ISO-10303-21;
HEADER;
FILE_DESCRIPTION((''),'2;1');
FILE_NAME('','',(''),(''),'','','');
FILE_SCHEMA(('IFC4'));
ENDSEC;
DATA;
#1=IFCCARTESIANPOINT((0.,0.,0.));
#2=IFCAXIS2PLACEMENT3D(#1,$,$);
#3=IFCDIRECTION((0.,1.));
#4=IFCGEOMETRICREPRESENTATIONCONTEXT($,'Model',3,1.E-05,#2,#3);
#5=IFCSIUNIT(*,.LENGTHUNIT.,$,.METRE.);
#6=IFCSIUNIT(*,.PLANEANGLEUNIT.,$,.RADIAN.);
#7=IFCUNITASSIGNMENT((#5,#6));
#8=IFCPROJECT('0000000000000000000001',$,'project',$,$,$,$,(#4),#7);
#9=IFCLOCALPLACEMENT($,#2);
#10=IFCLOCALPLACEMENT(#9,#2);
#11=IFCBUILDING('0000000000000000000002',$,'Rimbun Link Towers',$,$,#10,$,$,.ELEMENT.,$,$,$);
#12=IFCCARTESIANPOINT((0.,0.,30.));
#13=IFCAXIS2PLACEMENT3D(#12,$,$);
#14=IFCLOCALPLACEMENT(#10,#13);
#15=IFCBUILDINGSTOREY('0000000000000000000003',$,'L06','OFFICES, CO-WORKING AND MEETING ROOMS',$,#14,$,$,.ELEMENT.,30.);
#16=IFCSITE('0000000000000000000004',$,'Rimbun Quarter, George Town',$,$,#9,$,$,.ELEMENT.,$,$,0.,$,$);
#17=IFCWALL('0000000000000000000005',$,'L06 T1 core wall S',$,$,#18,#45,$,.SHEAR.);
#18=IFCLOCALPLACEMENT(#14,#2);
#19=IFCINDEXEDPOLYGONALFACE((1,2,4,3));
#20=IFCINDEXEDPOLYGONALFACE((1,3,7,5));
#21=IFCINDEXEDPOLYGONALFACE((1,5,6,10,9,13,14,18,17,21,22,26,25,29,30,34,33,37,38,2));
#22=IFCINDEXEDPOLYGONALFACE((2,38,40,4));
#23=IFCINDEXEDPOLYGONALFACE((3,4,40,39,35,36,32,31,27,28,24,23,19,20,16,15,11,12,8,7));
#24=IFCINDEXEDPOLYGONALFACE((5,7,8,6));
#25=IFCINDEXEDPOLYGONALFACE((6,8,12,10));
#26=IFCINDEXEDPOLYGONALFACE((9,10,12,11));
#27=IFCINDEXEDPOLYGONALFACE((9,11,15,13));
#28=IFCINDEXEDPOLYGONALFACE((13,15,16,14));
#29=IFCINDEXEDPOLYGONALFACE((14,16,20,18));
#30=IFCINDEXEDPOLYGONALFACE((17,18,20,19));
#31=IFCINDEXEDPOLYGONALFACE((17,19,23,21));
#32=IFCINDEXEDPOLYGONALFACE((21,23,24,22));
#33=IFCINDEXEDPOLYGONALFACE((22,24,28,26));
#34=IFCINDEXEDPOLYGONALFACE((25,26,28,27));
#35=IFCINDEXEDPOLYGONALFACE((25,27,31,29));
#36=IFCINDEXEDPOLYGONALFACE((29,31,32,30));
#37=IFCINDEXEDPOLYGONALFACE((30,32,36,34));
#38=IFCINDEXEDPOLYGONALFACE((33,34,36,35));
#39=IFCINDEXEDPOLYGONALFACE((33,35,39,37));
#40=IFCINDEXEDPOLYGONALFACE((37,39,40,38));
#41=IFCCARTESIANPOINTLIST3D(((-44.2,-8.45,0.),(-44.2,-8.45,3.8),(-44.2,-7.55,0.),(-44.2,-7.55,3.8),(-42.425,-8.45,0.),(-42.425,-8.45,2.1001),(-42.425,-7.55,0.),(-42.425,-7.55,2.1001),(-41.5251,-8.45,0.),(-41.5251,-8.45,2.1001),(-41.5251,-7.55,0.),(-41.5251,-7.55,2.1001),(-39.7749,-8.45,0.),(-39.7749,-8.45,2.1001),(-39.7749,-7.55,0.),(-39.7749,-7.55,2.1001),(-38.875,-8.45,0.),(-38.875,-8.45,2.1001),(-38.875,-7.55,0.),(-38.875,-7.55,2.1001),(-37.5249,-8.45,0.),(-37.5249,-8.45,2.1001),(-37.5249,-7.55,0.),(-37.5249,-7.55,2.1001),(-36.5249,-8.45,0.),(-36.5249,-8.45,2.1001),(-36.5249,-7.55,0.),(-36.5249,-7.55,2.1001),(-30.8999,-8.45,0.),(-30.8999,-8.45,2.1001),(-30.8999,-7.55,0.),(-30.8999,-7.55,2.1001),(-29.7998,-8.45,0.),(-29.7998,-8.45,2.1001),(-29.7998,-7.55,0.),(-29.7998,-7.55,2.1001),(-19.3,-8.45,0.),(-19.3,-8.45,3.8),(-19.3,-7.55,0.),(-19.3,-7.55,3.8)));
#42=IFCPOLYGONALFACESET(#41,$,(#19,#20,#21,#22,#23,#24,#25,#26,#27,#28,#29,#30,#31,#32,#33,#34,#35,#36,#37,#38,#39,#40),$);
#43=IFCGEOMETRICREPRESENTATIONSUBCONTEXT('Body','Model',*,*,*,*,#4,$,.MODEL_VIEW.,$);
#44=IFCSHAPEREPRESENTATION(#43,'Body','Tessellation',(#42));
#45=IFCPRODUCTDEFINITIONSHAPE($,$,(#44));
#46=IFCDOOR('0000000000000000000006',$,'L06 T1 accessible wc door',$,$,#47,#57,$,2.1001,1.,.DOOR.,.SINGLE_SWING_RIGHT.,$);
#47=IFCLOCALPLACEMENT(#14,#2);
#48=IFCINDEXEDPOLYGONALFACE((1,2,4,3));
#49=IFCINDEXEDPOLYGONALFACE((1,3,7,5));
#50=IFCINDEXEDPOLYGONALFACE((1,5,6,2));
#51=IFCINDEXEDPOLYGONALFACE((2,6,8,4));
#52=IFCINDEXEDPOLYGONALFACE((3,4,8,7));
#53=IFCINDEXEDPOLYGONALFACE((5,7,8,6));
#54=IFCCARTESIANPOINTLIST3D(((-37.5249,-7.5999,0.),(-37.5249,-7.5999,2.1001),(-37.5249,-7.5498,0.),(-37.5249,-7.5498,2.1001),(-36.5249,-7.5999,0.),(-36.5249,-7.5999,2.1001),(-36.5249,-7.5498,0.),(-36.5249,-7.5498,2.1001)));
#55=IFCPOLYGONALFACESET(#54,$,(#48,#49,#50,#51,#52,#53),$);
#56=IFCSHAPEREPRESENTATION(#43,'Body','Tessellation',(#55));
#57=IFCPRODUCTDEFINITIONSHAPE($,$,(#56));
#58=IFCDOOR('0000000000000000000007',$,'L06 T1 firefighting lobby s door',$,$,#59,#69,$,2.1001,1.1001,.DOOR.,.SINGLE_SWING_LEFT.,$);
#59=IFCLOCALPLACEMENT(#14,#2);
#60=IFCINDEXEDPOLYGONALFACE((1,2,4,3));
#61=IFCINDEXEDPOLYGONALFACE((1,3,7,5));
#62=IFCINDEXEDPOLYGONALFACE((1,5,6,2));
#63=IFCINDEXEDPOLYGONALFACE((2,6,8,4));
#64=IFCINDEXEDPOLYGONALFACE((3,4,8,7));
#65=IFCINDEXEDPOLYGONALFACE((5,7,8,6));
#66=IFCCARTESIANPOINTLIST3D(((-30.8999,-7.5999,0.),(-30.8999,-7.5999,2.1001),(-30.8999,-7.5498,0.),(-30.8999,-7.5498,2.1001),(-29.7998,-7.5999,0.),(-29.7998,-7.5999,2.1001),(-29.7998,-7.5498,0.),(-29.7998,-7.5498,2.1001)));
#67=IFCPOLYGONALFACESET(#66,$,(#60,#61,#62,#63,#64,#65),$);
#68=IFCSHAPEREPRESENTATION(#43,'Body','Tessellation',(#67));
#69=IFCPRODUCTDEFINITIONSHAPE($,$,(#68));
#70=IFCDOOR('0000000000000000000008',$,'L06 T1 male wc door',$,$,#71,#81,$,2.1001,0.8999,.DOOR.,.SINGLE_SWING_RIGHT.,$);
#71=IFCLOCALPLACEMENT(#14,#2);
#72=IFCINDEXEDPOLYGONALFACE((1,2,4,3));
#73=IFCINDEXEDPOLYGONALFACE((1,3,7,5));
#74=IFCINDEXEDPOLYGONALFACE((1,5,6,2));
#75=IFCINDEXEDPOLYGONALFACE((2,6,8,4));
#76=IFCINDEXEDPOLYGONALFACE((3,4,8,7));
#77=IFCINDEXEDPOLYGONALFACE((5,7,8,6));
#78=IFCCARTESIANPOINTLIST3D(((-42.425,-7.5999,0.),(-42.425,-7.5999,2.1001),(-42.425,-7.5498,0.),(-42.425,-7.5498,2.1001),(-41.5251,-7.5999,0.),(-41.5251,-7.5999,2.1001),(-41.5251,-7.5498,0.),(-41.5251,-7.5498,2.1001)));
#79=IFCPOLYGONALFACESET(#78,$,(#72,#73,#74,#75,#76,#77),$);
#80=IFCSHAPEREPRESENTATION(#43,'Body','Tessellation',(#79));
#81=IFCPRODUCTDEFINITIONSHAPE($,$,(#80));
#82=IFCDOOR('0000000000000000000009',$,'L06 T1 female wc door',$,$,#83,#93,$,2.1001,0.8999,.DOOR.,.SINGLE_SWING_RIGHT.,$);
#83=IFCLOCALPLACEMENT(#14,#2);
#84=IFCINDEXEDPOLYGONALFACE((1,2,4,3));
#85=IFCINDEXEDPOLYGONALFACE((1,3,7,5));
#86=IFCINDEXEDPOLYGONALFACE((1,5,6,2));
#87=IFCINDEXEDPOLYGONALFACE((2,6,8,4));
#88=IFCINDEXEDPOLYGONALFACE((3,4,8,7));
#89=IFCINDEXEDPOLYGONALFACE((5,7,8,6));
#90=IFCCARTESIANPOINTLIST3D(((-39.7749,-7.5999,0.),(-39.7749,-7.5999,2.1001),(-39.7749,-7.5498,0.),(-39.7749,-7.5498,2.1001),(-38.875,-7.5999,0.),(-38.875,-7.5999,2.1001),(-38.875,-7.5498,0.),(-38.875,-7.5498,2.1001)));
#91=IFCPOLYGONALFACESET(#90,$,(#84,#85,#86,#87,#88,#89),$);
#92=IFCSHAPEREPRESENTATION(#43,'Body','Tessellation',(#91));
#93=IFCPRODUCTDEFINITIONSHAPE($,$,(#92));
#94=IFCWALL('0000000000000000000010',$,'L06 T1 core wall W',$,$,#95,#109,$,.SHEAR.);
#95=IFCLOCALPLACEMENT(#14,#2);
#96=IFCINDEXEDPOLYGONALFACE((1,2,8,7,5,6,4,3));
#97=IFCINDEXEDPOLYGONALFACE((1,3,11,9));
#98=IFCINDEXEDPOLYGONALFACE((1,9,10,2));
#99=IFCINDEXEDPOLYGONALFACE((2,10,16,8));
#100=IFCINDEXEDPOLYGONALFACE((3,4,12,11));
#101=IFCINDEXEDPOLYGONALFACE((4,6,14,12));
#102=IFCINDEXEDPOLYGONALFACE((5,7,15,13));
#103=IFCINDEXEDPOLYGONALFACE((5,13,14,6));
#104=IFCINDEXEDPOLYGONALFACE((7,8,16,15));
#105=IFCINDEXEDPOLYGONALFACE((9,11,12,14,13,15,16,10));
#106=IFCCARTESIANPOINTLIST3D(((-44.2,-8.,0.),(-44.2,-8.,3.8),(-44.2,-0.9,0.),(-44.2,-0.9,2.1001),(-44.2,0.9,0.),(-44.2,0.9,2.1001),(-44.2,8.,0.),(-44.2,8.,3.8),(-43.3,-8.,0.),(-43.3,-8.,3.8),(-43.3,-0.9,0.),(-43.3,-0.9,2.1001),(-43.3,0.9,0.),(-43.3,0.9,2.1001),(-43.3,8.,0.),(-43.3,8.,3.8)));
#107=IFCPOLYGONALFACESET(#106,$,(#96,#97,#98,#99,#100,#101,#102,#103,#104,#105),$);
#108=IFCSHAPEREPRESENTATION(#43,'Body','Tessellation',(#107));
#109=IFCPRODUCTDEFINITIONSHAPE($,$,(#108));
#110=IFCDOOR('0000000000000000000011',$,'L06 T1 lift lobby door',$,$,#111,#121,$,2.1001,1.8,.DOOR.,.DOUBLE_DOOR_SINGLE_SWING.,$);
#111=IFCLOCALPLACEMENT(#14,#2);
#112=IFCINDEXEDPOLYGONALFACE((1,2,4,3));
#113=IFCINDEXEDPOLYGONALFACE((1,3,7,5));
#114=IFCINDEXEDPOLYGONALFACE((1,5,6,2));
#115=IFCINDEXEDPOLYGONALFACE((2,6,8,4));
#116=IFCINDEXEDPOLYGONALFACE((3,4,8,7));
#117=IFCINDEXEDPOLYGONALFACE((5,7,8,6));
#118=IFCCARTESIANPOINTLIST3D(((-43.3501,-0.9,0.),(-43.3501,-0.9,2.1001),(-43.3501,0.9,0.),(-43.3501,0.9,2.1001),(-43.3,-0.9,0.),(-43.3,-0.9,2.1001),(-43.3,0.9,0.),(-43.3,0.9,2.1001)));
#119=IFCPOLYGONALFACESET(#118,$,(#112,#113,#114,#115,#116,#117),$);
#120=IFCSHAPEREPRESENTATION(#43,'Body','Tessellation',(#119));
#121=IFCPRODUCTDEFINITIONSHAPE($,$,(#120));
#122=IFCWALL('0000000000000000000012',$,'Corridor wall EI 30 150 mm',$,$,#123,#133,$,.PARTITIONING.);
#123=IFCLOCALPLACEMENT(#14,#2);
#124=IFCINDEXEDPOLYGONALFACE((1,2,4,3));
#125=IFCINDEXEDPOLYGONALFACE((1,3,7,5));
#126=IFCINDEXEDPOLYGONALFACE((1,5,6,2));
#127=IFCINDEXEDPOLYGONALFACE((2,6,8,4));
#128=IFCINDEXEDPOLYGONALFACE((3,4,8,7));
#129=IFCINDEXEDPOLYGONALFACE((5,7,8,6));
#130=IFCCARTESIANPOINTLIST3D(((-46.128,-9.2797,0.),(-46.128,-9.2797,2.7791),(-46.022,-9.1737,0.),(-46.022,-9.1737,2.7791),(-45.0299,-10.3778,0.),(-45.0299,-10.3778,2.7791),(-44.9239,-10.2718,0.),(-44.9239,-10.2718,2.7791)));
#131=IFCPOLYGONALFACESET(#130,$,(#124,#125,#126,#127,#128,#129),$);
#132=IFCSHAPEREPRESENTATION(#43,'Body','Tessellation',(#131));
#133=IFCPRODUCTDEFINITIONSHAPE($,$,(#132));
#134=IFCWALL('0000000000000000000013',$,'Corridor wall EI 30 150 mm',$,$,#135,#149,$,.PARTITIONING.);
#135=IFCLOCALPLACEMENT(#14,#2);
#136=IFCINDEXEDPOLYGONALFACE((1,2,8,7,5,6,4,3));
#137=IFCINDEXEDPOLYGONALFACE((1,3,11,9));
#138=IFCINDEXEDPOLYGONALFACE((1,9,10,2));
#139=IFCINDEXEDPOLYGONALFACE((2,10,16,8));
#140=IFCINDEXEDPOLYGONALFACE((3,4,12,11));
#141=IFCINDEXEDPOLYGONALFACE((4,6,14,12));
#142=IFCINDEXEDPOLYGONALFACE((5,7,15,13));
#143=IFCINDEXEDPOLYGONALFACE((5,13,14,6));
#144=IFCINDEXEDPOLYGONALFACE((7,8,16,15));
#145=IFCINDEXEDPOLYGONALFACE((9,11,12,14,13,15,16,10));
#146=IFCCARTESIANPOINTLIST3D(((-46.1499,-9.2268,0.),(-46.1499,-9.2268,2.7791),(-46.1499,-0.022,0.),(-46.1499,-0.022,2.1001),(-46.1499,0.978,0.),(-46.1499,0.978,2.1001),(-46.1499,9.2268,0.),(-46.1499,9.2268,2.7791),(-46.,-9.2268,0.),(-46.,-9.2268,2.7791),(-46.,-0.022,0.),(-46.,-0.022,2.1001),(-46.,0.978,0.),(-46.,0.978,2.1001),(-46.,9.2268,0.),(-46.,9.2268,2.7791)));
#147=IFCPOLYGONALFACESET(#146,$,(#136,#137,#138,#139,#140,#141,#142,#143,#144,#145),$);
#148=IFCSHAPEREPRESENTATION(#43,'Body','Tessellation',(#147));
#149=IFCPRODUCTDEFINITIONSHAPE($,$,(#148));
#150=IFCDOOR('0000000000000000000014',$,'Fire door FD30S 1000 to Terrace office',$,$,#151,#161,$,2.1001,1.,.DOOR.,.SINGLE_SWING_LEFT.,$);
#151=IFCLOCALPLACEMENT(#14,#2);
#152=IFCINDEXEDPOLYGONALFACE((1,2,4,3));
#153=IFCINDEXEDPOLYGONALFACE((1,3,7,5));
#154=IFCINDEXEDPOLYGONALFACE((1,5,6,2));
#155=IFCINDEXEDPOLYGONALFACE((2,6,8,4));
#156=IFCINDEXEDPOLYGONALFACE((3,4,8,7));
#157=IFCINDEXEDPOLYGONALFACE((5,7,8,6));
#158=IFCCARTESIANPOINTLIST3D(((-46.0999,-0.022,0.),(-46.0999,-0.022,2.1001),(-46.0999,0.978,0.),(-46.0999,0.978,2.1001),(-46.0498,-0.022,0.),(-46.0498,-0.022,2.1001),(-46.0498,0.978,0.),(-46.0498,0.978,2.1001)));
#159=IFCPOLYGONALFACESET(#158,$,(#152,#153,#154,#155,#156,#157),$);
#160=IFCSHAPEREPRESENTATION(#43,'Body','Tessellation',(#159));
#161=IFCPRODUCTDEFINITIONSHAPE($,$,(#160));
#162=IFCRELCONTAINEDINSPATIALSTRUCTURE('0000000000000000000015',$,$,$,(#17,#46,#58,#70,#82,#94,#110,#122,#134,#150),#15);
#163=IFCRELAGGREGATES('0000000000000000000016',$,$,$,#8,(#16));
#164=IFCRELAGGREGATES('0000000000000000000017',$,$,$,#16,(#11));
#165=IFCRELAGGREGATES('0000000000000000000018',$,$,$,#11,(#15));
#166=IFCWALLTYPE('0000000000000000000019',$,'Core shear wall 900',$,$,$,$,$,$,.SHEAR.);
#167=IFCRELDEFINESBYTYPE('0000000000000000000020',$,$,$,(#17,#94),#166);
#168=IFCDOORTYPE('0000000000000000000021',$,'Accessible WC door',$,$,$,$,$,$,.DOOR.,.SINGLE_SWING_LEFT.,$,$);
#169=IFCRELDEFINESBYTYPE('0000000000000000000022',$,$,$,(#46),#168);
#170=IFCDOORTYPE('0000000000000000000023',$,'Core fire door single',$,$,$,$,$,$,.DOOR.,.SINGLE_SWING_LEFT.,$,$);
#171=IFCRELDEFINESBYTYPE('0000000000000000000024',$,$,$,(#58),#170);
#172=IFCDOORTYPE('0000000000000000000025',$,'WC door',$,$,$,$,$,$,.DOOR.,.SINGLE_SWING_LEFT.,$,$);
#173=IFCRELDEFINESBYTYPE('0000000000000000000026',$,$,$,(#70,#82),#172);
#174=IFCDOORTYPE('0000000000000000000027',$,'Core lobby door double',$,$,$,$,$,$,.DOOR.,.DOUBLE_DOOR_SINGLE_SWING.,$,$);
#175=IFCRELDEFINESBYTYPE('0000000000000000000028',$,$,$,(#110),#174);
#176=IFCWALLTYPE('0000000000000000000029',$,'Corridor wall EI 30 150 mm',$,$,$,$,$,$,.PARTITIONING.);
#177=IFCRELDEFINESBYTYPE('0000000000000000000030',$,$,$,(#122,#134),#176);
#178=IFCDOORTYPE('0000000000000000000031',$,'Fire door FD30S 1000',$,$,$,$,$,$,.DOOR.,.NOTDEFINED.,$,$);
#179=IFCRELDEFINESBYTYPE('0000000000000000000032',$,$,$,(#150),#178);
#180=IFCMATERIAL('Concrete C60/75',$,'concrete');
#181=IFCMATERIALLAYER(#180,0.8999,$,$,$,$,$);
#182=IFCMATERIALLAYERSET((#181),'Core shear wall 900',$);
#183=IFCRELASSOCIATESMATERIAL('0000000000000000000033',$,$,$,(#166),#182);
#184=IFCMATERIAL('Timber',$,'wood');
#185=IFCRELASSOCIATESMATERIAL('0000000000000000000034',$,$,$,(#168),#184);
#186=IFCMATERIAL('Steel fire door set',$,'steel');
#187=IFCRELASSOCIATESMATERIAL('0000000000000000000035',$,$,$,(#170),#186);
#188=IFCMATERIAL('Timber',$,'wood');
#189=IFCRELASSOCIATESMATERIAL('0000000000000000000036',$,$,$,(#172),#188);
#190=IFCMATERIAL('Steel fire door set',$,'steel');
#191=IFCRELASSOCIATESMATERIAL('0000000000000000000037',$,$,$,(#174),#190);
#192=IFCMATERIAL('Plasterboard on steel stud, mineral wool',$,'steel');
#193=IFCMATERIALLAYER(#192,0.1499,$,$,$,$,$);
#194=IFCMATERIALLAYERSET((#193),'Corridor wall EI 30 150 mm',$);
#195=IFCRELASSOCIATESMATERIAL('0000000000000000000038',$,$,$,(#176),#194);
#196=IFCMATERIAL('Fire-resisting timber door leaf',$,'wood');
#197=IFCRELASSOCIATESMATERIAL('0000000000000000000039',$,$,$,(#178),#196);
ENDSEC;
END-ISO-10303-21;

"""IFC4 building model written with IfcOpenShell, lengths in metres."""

from ifc_helpers import new_model, si_unit, direction, frame, frame_2d, origin, place, context, subcontext, project, spatial, rectangle, extrude, material, layer, layer_set, type_object, element, fill, save


model = new_model("IFC4")

# Units and contexts
model_context = context("Model", 3, precision=1e-05, world=origin(), true_north=direction((0.0, 1.0)))
body_context = subcontext(model_context, "Body", "Model", "MODEL_VIEW")
ifc_project = project(units=[si_unit("LENGTHUNIT", "METRE"), si_unit("PLANEANGLEUNIT", "RADIAN")], contexts=[model_context])

# Site, building, storey
site_placement = place(None, origin())
site = spatial("IfcSite", under=ifc_project, at=site_placement, Name="Rimbun Quarter, George Town", CompositionType="ELEMENT", RefElevation=0.0)
building_placement = place(site_placement, origin())
building = spatial("IfcBuilding", under=site, at=building_placement, Name="Rimbun Link Towers", CompositionType="ELEMENT")
storey_placement = place(building_placement, frame((0.0, 0.0, 30.0)))
storey = spatial("IfcBuildingStorey", under=building, at=storey_placement, Name="L06", Description="OFFICES, CO-WORKING AND MEETING ROOMS", CompositionType="ELEMENT", Elevation=30.0)

# Wall, openings, doors
ifc_material_1 = material(Name="Concrete C60/75", Category="concrete")
ifc_layer_1 = layer(ifc_material_1, 0.8999)
ifc_layer_set_1 = layer_set([ifc_layer_1], Name="Core shear wall 900")
wall_type_1 = type_object("IfcWallType", Name="Core shear wall 900", PredefinedType="SHEAR", material=ifc_layer_set_1)
wall_1_placement = place(storey_placement, frame((-44.2, -8.0, 0.0), z_axis=(0.0, 0.0, 1.0), x_axis=(1.0, 0.0, 0.0)))
wall_1 = element("IfcWall", 1, at=wall_1_placement, inside=storey, type_object=wall_type_1, Name="L06 T1 core wall S", PredefinedType="SHEAR", context=body_context, shape_type="SweptSolid", body=[
    extrude(rectangle(XDim=24.8999, YDim=0.8999, at=frame_2d((12.45, 0.0))), origin(), (0.0, 0.0, 1.0), 3.8),
])
opening_1_placement = place(wall_1_placement, frame((13.3, 0.0, 0.0)))
opening_1 = element("IfcOpeningElement", 2, at=opening_1_placement, cuts=wall_1, PredefinedType="OPENING", context=body_context, shape_type="SweptSolid", body=[
    extrude(rectangle(XDim=1.1001, YDim=2.1001, at=frame_2d((0.55, 1.05))), frame((0.0, 0.46, 0.0), z_axis=(0.0, -1.0, 0.0), x_axis=(1.0, 0.0, 0.0)), (0.0, 0.0, 1.0), 0.9199),
])
opening_2_placement = place(wall_1_placement, frame((1.7749, 0.0, 0.0)))
opening_2 = element("IfcOpeningElement", 3, at=opening_2_placement, cuts=wall_1, PredefinedType="OPENING", context=body_context, shape_type="SweptSolid", body=[
    extrude(rectangle(XDim=0.8999, YDim=2.1001, at=frame_2d((0.45, 1.05))), frame((0.0, 0.46, 0.0), z_axis=(0.0, -1.0, 0.0), x_axis=(1.0, 0.0, 0.0)), (0.0, 0.0, 1.0), 0.9199),
])
opening_3_placement = place(wall_1_placement, frame((4.425, 0.0, 0.0)))
opening_3 = element("IfcOpeningElement", 4, at=opening_3_placement, cuts=wall_1, PredefinedType="OPENING", context=body_context, shape_type="SweptSolid", body=[
    extrude(rectangle(XDim=0.8999, YDim=2.1001, at=frame_2d((0.45, 1.05))), frame((0.0, 0.46, 0.0), z_axis=(0.0, -1.0, 0.0), x_axis=(1.0, 0.0, 0.0)), (0.0, 0.0, 1.0), 0.9199),
])
opening_4_placement = place(wall_1_placement, frame((6.675, 0.0, 0.0)))
opening_4 = element("IfcOpeningElement", 5, at=opening_4_placement, cuts=wall_1, PredefinedType="OPENING", context=body_context, shape_type="SweptSolid", body=[
    extrude(rectangle(XDim=1.0, YDim=2.1001, at=frame_2d((0.5, 1.05))), frame((0.0, 0.46, 0.0), z_axis=(0.0, -1.0, 0.0), x_axis=(1.0, 0.0, 0.0)), (0.0, 0.0, 1.0), 0.9199),
])
ifc_material_2 = material(Name="Timber", Category="wood")
door_type_1 = type_object("IfcDoorType", Name="Accessible WC door", OperationType="SINGLE_SWING_LEFT", PredefinedType="DOOR", material=ifc_material_2)
door_1_placement = place(opening_4_placement, origin())
door_1 = element("IfcDoor", 6, at=door_1_placement, inside=storey, type_object=door_type_1, Name="L06 T1 accessible wc door", OperationType="SINGLE_SWING_RIGHT", OverallHeight=2.1001, OverallWidth=1.0, PredefinedType="DOOR", context=body_context, shape_type="SweptSolid", body=[
    extrude(rectangle(XDim=1.0, YDim=2.1001, at=frame_2d((0.5, 1.05))), frame((0.0, 0.4502, 0.0), z_axis=(0.0, -1.0, 0.0), x_axis=(1.0, 0.0, 0.0)), (0.0, 0.0, 1.0), 0.05),
])
fill(opening_4, door_1)
ifc_material_3 = material(Name="Steel fire door set", Category="steel")
door_type_2 = type_object("IfcDoorType", Name="Core fire door single", OperationType="SINGLE_SWING_LEFT", PredefinedType="DOOR", material=ifc_material_3)
door_2_placement = place(opening_1_placement, origin())
door_2 = element("IfcDoor", 7, at=door_2_placement, inside=storey, type_object=door_type_2, Name="L06 T1 firefighting lobby s door", OperationType="SINGLE_SWING_LEFT", OverallHeight=2.1001, OverallWidth=1.1001, PredefinedType="DOOR", context=body_context, shape_type="SweptSolid", body=[
    extrude(rectangle(XDim=1.1001, YDim=2.1001, at=frame_2d((0.55, 1.05))), frame((0.0, 0.4502, 0.0), z_axis=(0.0, -1.0, 0.0), x_axis=(1.0, 0.0, 0.0)), (0.0, 0.0, 1.0), 0.05),
])
fill(opening_1, door_2)
ifc_material_4 = material(Name="Timber", Category="wood")
door_type_3 = type_object("IfcDoorType", Name="WC door", OperationType="SINGLE_SWING_LEFT", PredefinedType="DOOR", material=ifc_material_4)
door_3_placement = place(opening_2_placement, origin())
door_3 = element("IfcDoor", 8, at=door_3_placement, inside=storey, type_object=door_type_3, Name="L06 T1 male wc door", OperationType="SINGLE_SWING_RIGHT", OverallHeight=2.1001, OverallWidth=0.8999, PredefinedType="DOOR", context=body_context, shape_type="SweptSolid", body=[
    extrude(rectangle(XDim=0.8999, YDim=2.1001, at=frame_2d((0.45, 1.05))), frame((0.0, 0.4502, 0.0), z_axis=(0.0, -1.0, 0.0), x_axis=(1.0, 0.0, 0.0)), (0.0, 0.0, 1.0), 0.05),
])
fill(opening_2, door_3)
door_4_placement = place(opening_3_placement, origin())
door_4 = element("IfcDoor", 9, at=door_4_placement, inside=storey, type_object=door_type_3, Name="L06 T1 female wc door", OperationType="SINGLE_SWING_RIGHT", OverallHeight=2.1001, OverallWidth=0.8999, PredefinedType="DOOR", context=body_context, shape_type="SweptSolid", body=[
    extrude(rectangle(XDim=0.8999, YDim=2.1001, at=frame_2d((0.45, 1.05))), frame((0.0, 0.4502, 0.0), z_axis=(0.0, -1.0, 0.0), x_axis=(1.0, 0.0, 0.0)), (0.0, 0.0, 1.0), 0.05),
])
fill(opening_3, door_4)

# Wall, opening, door
wall_2_placement = place(storey_placement, frame((-43.75, -8.0, 0.0), z_axis=(0.0, 0.0, 1.0), x_axis=(0.0, 1.0, 0.0)))
wall_2 = element("IfcWall", 10, at=wall_2_placement, inside=storey, type_object=wall_type_1, Name="L06 T1 core wall W", PredefinedType="SHEAR", context=body_context, shape_type="SweptSolid", body=[
    extrude(rectangle(XDim=16.0, YDim=0.8999, at=frame_2d((8.0, 0.0))), origin(), (0.0, 0.0, 1.0), 3.8),
])
opening_5_placement = place(wall_2_placement, frame((7.1001, 0.0, 0.0)))
opening_5 = element("IfcOpeningElement", 11, at=opening_5_placement, cuts=wall_2, PredefinedType="OPENING", context=body_context, shape_type="SweptSolid", body=[
    extrude(rectangle(XDim=1.8, YDim=2.1001, at=frame_2d((0.8999, 1.05))), frame((0.0, 0.46, 0.0), z_axis=(0.0, -1.0, 0.0), x_axis=(1.0, 0.0, 0.0)), (0.0, 0.0, 1.0), 0.9199),
])
ifc_material_5 = material(Name="Steel fire door set", Category="steel")
door_type_4 = type_object("IfcDoorType", Name="Core lobby door double", OperationType="DOUBLE_DOOR_SINGLE_SWING", PredefinedType="DOOR", material=ifc_material_5)
door_5_placement = place(opening_5_placement, origin())
door_5 = element("IfcDoor", 12, at=door_5_placement, inside=storey, type_object=door_type_4, Name="L06 T1 lift lobby door", OperationType="DOUBLE_DOOR_SINGLE_SWING", OverallHeight=2.1001, OverallWidth=1.8, PredefinedType="DOOR", context=body_context, shape_type="SweptSolid", body=[
    extrude(rectangle(XDim=1.8, YDim=2.1001, at=frame_2d((0.8999, 1.05))), frame((0.0, -0.3999, 0.0), z_axis=(0.0, -1.0, 0.0), x_axis=(1.0, 0.0, 0.0)), (0.0, 0.0, 1.0), 0.05),
])
fill(opening_5, door_5)

# Wall
ifc_material_6 = material(Name="Plasterboard on steel stud, mineral wool", Category="steel")
ifc_layer_2 = layer(ifc_material_6, 0.1499)
ifc_layer_set_2 = layer_set([ifc_layer_2], Name="Corridor wall EI 30 150 mm")
wall_type_2 = type_object("IfcWallType", Name="Corridor wall EI 30 150 mm", PredefinedType="PARTITIONING", material=ifc_layer_set_2)
wall_3_placement = place(storey_placement, frame((-46.075, -9.2268, 0.0), z_axis=(0.0, 0.0, 1.0), x_axis=(0.707107, -0.707107, 0.0)))
element("IfcWall", 13, at=wall_3_placement, inside=storey, type_object=wall_type_2, Name="Corridor wall EI 30 150 mm", PredefinedType="PARTITIONING", context=body_context, shape_type="SweptSolid", body=[
    extrude(rectangle(XDim=1.553, YDim=0.1499, at=frame_2d((0.7764, 0.0))), origin(), (0.0, 0.0, 1.0), 2.7791),
])

# Wall, opening, door
wall_4_placement = place(storey_placement, frame((-46.075, -9.2268, 0.0), z_axis=(0.0, 0.0, 1.0), x_axis=(0.0, 1.0, 0.0)))
wall_4 = element("IfcWall", 14, at=wall_4_placement, inside=storey, type_object=wall_type_2, Name="Corridor wall EI 30 150 mm", PredefinedType="PARTITIONING", context=body_context, shape_type="SweptSolid", body=[
    extrude(rectangle(XDim=18.4536, YDim=0.1499, at=frame_2d((9.2268, 0.0))), origin(), (0.0, 0.0, 1.0), 2.7791),
])
opening_6_placement = place(wall_4_placement, frame((9.2048, 0.0, 0.0)))
opening_6 = element("IfcOpeningElement", 15, at=opening_6_placement, cuts=wall_4, PredefinedType="OPENING", context=body_context, shape_type="SweptSolid", body=[
    extrude(rectangle(XDim=1.0, YDim=2.1001, at=frame_2d((0.5, 1.05))), frame((0.0, 0.085, 0.0), z_axis=(0.0, -1.0, 0.0), x_axis=(1.0, 0.0, 0.0)), (0.0, 0.0, 1.0), 0.1699),
])
ifc_material_7 = material(Name="Fire-resisting timber door leaf", Category="wood")
door_type_5 = type_object("IfcDoorType", Name="Fire door FD30S 1000", OperationType="NOTDEFINED", PredefinedType="DOOR", material=ifc_material_7)
door_6_placement = place(opening_6_placement, origin())
door_6 = element("IfcDoor", 16, at=door_6_placement, inside=storey, type_object=door_type_5, Name="Fire door FD30S 1000 to Terrace office", OperationType="SINGLE_SWING_LEFT", OverallHeight=2.1001, OverallWidth=1.0, PredefinedType="DOOR", context=body_context, shape_type="SweptSolid", body=[
    extrude(rectangle(XDim=1.0, YDim=2.1001, at=frame_2d((0.5, 1.05))), frame((0.0, 0.0249, 0.0), z_axis=(0.0, -1.0, 0.0), x_axis=(1.0, 0.0, 0.0)), (0.0, 0.0, 1.0), 0.05),
])
fill(opening_6, door_6)

save(model, "model.ifc")
